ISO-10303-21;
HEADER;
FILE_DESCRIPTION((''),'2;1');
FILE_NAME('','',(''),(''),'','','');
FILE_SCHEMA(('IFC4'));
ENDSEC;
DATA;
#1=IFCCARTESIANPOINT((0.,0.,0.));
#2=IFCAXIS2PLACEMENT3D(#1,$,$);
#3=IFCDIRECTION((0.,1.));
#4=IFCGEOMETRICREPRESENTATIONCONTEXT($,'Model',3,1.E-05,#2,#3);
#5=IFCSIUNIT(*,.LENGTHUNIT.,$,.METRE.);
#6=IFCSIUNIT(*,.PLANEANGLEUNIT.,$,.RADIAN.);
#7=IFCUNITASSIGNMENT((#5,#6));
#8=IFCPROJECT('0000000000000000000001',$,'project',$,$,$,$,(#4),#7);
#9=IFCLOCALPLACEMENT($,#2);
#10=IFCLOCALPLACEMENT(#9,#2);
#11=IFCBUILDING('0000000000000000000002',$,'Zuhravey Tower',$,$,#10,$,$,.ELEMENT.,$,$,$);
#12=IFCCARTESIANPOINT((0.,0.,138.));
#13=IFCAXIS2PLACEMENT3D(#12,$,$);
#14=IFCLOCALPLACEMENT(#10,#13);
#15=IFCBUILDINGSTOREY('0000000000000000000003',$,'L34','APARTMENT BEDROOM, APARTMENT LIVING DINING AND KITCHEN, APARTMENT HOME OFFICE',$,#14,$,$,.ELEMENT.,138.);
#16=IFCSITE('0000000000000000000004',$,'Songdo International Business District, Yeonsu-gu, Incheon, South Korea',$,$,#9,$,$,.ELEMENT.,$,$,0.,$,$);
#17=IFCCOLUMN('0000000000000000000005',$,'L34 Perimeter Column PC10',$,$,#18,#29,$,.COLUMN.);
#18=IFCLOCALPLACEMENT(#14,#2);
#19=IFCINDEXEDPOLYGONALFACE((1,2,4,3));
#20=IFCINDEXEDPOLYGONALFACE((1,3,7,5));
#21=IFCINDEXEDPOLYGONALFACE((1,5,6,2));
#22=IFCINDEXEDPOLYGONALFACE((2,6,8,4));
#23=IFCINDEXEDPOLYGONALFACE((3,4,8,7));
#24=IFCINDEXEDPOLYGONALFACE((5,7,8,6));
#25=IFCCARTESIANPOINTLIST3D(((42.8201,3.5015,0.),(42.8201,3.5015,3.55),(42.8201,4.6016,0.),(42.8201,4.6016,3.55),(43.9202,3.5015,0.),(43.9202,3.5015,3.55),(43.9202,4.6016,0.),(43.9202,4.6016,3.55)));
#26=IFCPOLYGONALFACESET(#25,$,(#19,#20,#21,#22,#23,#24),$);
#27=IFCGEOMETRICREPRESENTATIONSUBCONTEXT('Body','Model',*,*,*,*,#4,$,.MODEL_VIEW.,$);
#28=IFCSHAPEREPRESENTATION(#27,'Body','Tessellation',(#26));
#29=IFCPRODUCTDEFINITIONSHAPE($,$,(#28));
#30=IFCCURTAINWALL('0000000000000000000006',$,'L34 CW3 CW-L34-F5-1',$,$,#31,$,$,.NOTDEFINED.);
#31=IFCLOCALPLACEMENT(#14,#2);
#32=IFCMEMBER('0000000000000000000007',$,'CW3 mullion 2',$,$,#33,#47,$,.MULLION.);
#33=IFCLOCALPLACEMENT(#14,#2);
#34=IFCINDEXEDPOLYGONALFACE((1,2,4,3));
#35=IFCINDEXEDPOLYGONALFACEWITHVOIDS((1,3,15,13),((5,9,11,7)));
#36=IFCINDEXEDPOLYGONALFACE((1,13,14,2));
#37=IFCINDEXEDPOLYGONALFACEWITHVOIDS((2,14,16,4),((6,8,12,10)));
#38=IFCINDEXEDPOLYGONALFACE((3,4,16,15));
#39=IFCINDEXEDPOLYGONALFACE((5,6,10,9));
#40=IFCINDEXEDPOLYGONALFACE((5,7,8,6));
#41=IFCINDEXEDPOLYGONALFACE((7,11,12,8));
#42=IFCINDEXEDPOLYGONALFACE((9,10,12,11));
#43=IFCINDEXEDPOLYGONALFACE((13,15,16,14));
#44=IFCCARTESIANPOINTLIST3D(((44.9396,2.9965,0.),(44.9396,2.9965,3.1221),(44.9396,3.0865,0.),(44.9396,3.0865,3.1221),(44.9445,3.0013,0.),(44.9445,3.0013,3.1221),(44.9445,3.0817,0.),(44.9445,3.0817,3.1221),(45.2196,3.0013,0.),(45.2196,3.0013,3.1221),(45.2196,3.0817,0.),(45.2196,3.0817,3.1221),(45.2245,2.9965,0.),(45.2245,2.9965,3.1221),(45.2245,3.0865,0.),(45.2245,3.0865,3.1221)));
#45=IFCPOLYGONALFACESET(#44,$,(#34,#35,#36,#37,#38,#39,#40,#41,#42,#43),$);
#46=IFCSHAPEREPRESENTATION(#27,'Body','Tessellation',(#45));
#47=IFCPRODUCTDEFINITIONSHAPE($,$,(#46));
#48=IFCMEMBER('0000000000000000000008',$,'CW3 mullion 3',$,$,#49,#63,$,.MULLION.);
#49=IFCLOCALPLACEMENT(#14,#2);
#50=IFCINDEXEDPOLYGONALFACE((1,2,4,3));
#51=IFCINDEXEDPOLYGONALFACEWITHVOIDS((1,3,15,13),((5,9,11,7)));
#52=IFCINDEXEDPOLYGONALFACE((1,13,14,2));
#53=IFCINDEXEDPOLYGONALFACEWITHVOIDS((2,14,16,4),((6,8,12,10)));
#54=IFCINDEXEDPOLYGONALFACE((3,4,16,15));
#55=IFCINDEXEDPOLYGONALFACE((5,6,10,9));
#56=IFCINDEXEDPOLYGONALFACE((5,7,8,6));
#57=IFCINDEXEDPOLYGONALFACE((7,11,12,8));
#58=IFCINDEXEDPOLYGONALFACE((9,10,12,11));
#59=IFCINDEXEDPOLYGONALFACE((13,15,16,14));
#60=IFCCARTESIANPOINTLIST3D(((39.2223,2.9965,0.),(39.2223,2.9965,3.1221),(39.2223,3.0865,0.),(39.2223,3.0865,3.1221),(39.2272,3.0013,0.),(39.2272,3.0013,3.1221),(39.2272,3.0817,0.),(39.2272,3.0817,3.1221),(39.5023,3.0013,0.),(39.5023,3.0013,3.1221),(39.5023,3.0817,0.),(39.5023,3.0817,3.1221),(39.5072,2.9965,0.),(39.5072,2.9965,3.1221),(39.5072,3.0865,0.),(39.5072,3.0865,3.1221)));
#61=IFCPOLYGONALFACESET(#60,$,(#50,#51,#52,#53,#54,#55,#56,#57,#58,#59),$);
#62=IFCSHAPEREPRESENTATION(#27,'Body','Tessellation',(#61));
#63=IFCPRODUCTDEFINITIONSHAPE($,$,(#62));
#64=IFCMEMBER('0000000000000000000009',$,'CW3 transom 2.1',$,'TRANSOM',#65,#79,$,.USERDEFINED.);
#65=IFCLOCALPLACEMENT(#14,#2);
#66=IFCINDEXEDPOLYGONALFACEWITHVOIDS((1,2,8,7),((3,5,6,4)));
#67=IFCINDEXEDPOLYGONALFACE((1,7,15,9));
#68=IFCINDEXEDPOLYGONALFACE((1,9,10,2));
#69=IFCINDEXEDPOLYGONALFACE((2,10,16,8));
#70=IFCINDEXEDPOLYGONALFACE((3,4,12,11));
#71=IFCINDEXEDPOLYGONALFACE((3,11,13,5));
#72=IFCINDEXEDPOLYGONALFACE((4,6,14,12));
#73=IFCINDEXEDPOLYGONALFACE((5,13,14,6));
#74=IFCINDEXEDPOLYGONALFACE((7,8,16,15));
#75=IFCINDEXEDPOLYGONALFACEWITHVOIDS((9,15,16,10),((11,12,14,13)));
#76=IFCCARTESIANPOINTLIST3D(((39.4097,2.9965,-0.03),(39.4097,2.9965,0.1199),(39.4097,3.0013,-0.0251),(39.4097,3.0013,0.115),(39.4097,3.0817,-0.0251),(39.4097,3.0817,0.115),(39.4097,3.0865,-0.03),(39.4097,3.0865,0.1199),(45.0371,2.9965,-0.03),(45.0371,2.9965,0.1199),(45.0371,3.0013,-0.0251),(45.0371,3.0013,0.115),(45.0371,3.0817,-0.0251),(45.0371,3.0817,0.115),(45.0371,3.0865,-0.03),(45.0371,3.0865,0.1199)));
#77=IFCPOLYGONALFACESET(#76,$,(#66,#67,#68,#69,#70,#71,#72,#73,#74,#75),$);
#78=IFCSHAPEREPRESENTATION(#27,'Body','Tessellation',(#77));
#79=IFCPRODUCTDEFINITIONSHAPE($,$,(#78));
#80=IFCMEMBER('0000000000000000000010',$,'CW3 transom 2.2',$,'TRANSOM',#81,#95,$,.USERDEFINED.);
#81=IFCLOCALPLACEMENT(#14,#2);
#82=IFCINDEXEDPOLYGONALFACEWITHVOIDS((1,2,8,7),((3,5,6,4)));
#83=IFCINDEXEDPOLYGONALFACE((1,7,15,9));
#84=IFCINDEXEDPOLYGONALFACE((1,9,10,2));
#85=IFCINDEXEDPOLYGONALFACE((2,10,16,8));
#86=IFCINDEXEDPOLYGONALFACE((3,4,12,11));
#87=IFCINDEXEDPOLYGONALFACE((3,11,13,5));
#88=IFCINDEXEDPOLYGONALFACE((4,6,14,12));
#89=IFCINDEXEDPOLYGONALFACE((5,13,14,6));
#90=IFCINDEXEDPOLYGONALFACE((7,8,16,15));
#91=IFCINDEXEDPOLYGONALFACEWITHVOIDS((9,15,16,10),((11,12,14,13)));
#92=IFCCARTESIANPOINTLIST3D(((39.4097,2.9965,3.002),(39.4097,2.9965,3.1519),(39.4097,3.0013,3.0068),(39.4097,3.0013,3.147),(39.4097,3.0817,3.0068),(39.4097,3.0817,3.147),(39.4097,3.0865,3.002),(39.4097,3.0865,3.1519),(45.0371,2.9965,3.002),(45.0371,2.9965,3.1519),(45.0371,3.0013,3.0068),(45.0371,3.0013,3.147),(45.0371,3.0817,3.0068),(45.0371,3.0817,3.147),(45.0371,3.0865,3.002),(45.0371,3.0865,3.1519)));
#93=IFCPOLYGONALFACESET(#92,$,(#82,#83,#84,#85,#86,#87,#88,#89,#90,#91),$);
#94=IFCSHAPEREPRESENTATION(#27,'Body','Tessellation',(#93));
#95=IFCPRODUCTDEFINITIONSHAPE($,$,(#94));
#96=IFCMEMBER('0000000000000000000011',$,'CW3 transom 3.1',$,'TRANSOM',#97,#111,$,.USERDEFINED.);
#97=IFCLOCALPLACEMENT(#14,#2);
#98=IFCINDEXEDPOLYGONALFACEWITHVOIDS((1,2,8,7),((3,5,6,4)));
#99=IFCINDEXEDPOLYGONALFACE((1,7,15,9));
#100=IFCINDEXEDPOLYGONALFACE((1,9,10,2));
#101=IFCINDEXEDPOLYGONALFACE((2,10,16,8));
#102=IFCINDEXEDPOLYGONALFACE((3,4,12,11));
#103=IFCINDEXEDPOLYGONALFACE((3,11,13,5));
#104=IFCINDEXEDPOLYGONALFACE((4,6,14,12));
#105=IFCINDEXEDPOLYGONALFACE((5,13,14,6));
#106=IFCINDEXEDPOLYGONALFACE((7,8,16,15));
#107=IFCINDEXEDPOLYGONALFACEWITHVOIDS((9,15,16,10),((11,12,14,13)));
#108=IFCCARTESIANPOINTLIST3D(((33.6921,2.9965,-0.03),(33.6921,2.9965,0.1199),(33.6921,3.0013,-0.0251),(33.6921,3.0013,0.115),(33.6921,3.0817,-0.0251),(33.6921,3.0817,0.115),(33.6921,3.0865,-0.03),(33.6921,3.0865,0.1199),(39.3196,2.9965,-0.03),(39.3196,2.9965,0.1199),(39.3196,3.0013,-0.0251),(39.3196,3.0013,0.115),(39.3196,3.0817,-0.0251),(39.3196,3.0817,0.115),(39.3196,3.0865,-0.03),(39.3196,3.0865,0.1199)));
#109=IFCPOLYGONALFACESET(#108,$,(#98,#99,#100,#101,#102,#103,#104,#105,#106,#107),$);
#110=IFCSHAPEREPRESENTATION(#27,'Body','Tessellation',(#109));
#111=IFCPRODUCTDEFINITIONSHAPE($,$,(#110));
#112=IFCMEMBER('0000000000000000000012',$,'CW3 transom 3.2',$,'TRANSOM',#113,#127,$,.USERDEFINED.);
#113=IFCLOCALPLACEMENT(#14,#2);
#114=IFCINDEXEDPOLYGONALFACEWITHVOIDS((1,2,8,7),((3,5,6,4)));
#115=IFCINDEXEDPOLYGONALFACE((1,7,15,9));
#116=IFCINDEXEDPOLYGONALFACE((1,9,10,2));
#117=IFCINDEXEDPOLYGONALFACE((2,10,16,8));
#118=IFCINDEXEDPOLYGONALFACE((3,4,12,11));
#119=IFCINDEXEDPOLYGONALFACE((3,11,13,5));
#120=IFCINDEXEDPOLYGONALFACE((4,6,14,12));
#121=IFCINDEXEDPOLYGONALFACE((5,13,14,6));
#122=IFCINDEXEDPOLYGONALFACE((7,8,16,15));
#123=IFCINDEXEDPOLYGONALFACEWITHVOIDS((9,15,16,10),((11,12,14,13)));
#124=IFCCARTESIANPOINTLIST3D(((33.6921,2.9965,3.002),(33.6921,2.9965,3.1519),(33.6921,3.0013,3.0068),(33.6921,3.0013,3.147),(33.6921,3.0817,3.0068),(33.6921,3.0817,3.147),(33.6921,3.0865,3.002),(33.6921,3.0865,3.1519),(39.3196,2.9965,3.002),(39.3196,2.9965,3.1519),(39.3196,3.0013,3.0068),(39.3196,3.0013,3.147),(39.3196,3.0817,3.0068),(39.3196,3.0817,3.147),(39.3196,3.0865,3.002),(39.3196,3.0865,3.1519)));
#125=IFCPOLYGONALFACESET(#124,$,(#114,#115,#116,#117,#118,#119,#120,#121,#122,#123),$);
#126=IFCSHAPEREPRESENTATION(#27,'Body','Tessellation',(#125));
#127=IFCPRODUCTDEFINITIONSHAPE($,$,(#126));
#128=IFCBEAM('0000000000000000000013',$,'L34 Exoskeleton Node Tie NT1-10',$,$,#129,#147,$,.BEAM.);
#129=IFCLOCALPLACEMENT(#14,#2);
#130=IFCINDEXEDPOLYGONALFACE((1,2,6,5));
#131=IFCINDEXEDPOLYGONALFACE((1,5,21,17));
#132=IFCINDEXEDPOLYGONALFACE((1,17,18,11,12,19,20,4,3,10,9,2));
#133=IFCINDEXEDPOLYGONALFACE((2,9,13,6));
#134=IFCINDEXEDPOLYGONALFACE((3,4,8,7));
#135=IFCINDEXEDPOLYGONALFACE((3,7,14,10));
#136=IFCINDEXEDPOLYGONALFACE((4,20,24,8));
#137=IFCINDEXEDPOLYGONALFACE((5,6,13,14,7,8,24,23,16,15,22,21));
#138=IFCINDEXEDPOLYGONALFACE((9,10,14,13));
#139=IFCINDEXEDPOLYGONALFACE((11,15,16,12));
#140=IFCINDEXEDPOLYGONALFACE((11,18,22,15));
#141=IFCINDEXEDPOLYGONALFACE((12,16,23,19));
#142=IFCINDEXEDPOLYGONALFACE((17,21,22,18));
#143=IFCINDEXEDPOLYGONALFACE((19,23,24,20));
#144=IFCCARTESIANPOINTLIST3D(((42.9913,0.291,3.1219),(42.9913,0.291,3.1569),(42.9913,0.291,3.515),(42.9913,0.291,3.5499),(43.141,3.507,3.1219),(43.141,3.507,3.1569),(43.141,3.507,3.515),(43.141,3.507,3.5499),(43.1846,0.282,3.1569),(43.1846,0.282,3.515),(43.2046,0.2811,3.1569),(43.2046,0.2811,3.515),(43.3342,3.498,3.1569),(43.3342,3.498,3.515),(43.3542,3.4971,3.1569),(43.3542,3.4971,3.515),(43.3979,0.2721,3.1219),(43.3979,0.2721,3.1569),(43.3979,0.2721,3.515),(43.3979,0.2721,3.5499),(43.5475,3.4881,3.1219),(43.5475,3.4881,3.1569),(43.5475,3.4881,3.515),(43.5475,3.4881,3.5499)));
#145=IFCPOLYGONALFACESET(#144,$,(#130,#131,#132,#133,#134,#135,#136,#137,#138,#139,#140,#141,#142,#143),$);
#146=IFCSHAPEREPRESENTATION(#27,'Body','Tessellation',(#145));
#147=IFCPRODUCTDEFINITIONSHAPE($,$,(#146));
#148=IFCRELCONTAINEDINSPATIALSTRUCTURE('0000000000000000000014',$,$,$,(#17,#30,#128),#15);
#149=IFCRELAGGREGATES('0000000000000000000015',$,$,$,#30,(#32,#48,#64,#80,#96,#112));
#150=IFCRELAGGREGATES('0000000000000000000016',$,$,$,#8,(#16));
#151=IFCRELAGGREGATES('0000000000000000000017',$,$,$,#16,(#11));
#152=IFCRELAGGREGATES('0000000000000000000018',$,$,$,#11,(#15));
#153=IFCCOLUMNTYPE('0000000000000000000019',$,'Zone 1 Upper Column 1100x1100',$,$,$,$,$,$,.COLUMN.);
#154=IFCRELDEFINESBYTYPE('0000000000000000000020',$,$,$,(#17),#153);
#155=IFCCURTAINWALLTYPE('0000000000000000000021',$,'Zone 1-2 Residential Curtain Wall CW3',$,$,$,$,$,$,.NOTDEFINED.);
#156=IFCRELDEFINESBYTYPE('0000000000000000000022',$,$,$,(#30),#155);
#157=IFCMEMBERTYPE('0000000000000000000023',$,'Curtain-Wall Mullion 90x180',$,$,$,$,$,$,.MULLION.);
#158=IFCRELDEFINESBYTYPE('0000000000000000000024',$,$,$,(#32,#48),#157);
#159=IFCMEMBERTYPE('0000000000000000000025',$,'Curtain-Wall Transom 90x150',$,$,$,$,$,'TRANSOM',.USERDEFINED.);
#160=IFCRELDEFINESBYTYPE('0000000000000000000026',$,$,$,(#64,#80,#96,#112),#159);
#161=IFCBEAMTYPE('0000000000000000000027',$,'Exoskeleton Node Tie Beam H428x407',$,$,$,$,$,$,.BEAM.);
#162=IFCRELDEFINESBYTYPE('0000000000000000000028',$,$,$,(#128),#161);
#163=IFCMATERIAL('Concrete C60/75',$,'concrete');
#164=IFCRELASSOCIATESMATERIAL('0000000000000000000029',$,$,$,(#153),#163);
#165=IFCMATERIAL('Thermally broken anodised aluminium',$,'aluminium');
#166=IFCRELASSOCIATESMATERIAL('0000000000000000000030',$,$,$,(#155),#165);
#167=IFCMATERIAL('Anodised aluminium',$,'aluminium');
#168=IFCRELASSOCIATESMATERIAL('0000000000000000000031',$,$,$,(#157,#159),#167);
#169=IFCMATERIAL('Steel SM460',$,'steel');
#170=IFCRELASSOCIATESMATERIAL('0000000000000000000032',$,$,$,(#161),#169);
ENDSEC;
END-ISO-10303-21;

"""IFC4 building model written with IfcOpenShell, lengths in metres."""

from ifc_helpers import new_model, si_unit, direction, frame, origin, origin_2d, place, context, subcontext, project, spatial, rectangle, hollow_rectangle, i_section, extrude, material, material_profile, profile_set, type_object, element, aggregate, save


model = new_model("IFC4")

# Units and contexts
model_context = context("Model", 3, precision=1e-05, world=origin(), true_north=direction((0.0, 1.0)))
body_context = subcontext(model_context, "Body", "Model", "MODEL_VIEW")
ifc_project = project(units=[si_unit("LENGTHUNIT", "METRE"), si_unit("PLANEANGLEUNIT", "RADIAN")], contexts=[model_context])

# Site, building, storey
site_placement = place(None, origin())
site = spatial("IfcSite", under=ifc_project, at=site_placement, Name="Songdo International Business District, Yeonsu-gu, Incheon, South Korea", CompositionType="ELEMENT", RefElevation=0.0)
building_placement = place(site_placement, origin())
building = spatial("IfcBuilding", under=site, at=building_placement, Name="Zuhravey Tower", CompositionType="ELEMENT")
storey_placement = place(building_placement, frame((0.0, 0.0, 138.0)))
storey = spatial("IfcBuildingStorey", under=building, at=storey_placement, Name="L34", Description="APARTMENT BEDROOM, APARTMENT LIVING DINING AND KITCHEN, APARTMENT HOME OFFICE", CompositionType="ELEMENT", Elevation=138.0)

# Column
ifc_material_1 = material(Name="Concrete C60/75", Category="concrete")
ifc_material_profile_1 = material_profile(ifc_material_1, rectangle(XDim=1.1001, YDim=1.1001, at=origin_2d()), Name="RC-1100x1100")
ifc_profile_set_1 = profile_set([ifc_material_profile_1], Name="Concrete C60/75")
column_type = type_object("IfcColumnType", Name="Zone 1 Upper Column 1100x1100", PredefinedType="COLUMN", material=ifc_profile_set_1)
column_placement = place(storey_placement, frame((43.3701, 4.0515, 0.0), z_axis=(0.0, 0.0, 1.0), x_axis=(1.0, 0.0, 0.0)))
element("IfcColumn", 1, at=column_placement, inside=storey, type_object=column_type, Name="L34 Perimeter Column PC10", PredefinedType="COLUMN", context=body_context, shape_type="SweptSolid", body=[
    extrude(rectangle(XDim=1.1001, YDim=1.1001, at=origin_2d()), origin(), (0.0, 0.0, 1.0), 3.55),
])

# Curtain wall, members
ifc_material_2 = material(Name="Thermally broken anodised aluminium", Category="aluminium")
curtain_wall_type = type_object("IfcCurtainWallType", Name="Zone 1-2 Residential Curtain Wall CW3", PredefinedType="NOTDEFINED", material=ifc_material_2)
curtain_wall_placement = place(storey_placement, origin())
curtain_wall = element("IfcCurtainWall", 2, at=curtain_wall_placement, inside=storey, type_object=curtain_wall_type, Name="L34 CW3 CW-L34-F5-1", PredefinedType="NOTDEFINED")
ifc_material_3 = material(Name="Anodised aluminium", Category="aluminium")
ifc_material_profile_2 = material_profile(ifc_material_3, hollow_rectangle(XDim=0.0901, YDim=0.2849, WallThickness=0.0049, at=origin_2d()), Name="ALU-RHS-90x285x5")
ifc_profile_set_2 = profile_set([ifc_material_profile_2], Name="Anodised aluminium")
member_type_1 = type_object("IfcMemberType", Name="Curtain-Wall Mullion 90x180", PredefinedType="MULLION", material=ifc_profile_set_2)
member_1_placement = place(storey_placement, frame((45.082, 3.0415, 0.0), z_axis=(0.0, 0.0, 1.0), x_axis=(0.0, -1.0, 0.0)))
member_1 = element("IfcMember", 3, at=member_1_placement, type_object=member_type_1, Name="CW3 mullion 2", PredefinedType="MULLION", context=body_context, shape_type="SweptSolid", body=[
    extrude(hollow_rectangle(XDim=0.0901, YDim=0.2849, WallThickness=0.0049, at=origin_2d()), origin(), (0.0, 0.0, 1.0), 3.1221),
])
member_2_placement = place(storey_placement, frame((39.3647, 3.0415, 0.0), z_axis=(0.0, 0.0, 1.0), x_axis=(0.0, -1.0, 0.0)))
member_2 = element("IfcMember", 4, at=member_2_placement, type_object=member_type_1, Name="CW3 mullion 3", PredefinedType="MULLION", context=body_context, shape_type="SweptSolid", body=[
    extrude(hollow_rectangle(XDim=0.0901, YDim=0.2849, WallThickness=0.0049, at=origin_2d()), origin(), (0.0, 0.0, 1.0), 3.1221),
])
ifc_material_profile_3 = material_profile(ifc_material_3, hollow_rectangle(XDim=0.0901, YDim=0.1499, WallThickness=0.0049, at=origin_2d()), Name="ALU-RHS-90x150x5")
ifc_profile_set_3 = profile_set([ifc_material_profile_3], Name="Anodised aluminium")
member_type_2 = type_object("IfcMemberType", Name="Curtain-Wall Transom 90x150", ElementType="TRANSOM", PredefinedType="USERDEFINED", material=ifc_profile_set_3)
member_3_placement = place(storey_placement, frame((45.0371, 3.0415, 0.0449), z_axis=(-1.0, 0.0, 0.0), x_axis=(0.0, -1.0, 0.0)))
member_3 = element("IfcMember", 5, at=member_3_placement, type_object=member_type_2, Name="CW3 transom 2.1", ObjectType="TRANSOM", PredefinedType="USERDEFINED", context=body_context, shape_type="SweptSolid", body=[
    extrude(hollow_rectangle(XDim=0.0901, YDim=0.1499, WallThickness=0.0049, at=origin_2d()), origin(), (0.0, 0.0, 1.0), 5.6274),
])
member_4_placement = place(storey_placement, frame((45.0371, 3.0415, 3.0769), z_axis=(-1.0, 0.0, 0.0), x_axis=(0.0, -1.0, 0.0)))
member_4 = element("IfcMember", 6, at=member_4_placement, type_object=member_type_2, Name="CW3 transom 2.2", ObjectType="TRANSOM", PredefinedType="USERDEFINED", context=body_context, shape_type="SweptSolid", body=[
    extrude(hollow_rectangle(XDim=0.0901, YDim=0.1499, WallThickness=0.0049, at=origin_2d()), origin(), (0.0, 0.0, 1.0), 5.6274),
])
member_5_placement = place(storey_placement, frame((39.3196, 3.0415, 0.0449), z_axis=(-1.0, 0.0, 0.0), x_axis=(0.0, -1.0, 0.0)))
member_5 = element("IfcMember", 7, at=member_5_placement, type_object=member_type_2, Name="CW3 transom 3.1", ObjectType="TRANSOM", PredefinedType="USERDEFINED", context=body_context, shape_type="SweptSolid", body=[
    extrude(hollow_rectangle(XDim=0.0901, YDim=0.1499, WallThickness=0.0049, at=origin_2d()), origin(), (0.0, 0.0, 1.0), 5.6274),
])
member_6_placement = place(storey_placement, frame((39.3196, 3.0415, 3.0769), z_axis=(-1.0, 0.0, 0.0), x_axis=(0.0, -1.0, 0.0)))
member_6 = element("IfcMember", 8, at=member_6_placement, type_object=member_type_2, Name="CW3 transom 3.2", ObjectType="TRANSOM", PredefinedType="USERDEFINED", context=body_context, shape_type="SweptSolid", body=[
    extrude(hollow_rectangle(XDim=0.0901, YDim=0.1499, WallThickness=0.0049, at=origin_2d()), origin(), (0.0, 0.0, 1.0), 5.6274),
])

# Beam
ifc_material_4 = material(Name="Steel SM460", Category="steel")
ifc_material_profile_4 = material_profile(ifc_material_4, i_section(OverallWidth=0.407, OverallDepth=0.428, WebThickness=0.02, FlangeThickness=0.0349, at=origin_2d()), Name="H-428x407x20x35")
ifc_profile_set_4 = profile_set([ifc_material_profile_4], Name="Steel SM460")
beam_type_1 = type_object("IfcBeamType", Name="Exoskeleton Node Tie Beam H428x407", PredefinedType="BEAM", material=ifc_profile_set_4)
beam_1_placement = place(storey_placement, frame((43.3442, 3.4976, 3.3359), z_axis=(-0.046484, -0.998919, 0.0), x_axis=(0.998919, -0.046484, 0.0)))
element("IfcBeam", 9, at=beam_1_placement, inside=storey, type_object=beam_type_1, Name="L34 Exoskeleton Node Tie NT1-10", PredefinedType="BEAM", context=body_context, shape_type="SweptSolid", body=[
    extrude(i_section(OverallWidth=0.407, OverallDepth=0.428, WebThickness=0.02, FlangeThickness=0.0349, at=origin_2d()), origin(), (0.0, 0.0, 1.0), 3.2195),
])

aggregate(curtain_wall, [member_1, member_2, member_3, member_4, member_5, member_6])

save(model, "model.ifc")
